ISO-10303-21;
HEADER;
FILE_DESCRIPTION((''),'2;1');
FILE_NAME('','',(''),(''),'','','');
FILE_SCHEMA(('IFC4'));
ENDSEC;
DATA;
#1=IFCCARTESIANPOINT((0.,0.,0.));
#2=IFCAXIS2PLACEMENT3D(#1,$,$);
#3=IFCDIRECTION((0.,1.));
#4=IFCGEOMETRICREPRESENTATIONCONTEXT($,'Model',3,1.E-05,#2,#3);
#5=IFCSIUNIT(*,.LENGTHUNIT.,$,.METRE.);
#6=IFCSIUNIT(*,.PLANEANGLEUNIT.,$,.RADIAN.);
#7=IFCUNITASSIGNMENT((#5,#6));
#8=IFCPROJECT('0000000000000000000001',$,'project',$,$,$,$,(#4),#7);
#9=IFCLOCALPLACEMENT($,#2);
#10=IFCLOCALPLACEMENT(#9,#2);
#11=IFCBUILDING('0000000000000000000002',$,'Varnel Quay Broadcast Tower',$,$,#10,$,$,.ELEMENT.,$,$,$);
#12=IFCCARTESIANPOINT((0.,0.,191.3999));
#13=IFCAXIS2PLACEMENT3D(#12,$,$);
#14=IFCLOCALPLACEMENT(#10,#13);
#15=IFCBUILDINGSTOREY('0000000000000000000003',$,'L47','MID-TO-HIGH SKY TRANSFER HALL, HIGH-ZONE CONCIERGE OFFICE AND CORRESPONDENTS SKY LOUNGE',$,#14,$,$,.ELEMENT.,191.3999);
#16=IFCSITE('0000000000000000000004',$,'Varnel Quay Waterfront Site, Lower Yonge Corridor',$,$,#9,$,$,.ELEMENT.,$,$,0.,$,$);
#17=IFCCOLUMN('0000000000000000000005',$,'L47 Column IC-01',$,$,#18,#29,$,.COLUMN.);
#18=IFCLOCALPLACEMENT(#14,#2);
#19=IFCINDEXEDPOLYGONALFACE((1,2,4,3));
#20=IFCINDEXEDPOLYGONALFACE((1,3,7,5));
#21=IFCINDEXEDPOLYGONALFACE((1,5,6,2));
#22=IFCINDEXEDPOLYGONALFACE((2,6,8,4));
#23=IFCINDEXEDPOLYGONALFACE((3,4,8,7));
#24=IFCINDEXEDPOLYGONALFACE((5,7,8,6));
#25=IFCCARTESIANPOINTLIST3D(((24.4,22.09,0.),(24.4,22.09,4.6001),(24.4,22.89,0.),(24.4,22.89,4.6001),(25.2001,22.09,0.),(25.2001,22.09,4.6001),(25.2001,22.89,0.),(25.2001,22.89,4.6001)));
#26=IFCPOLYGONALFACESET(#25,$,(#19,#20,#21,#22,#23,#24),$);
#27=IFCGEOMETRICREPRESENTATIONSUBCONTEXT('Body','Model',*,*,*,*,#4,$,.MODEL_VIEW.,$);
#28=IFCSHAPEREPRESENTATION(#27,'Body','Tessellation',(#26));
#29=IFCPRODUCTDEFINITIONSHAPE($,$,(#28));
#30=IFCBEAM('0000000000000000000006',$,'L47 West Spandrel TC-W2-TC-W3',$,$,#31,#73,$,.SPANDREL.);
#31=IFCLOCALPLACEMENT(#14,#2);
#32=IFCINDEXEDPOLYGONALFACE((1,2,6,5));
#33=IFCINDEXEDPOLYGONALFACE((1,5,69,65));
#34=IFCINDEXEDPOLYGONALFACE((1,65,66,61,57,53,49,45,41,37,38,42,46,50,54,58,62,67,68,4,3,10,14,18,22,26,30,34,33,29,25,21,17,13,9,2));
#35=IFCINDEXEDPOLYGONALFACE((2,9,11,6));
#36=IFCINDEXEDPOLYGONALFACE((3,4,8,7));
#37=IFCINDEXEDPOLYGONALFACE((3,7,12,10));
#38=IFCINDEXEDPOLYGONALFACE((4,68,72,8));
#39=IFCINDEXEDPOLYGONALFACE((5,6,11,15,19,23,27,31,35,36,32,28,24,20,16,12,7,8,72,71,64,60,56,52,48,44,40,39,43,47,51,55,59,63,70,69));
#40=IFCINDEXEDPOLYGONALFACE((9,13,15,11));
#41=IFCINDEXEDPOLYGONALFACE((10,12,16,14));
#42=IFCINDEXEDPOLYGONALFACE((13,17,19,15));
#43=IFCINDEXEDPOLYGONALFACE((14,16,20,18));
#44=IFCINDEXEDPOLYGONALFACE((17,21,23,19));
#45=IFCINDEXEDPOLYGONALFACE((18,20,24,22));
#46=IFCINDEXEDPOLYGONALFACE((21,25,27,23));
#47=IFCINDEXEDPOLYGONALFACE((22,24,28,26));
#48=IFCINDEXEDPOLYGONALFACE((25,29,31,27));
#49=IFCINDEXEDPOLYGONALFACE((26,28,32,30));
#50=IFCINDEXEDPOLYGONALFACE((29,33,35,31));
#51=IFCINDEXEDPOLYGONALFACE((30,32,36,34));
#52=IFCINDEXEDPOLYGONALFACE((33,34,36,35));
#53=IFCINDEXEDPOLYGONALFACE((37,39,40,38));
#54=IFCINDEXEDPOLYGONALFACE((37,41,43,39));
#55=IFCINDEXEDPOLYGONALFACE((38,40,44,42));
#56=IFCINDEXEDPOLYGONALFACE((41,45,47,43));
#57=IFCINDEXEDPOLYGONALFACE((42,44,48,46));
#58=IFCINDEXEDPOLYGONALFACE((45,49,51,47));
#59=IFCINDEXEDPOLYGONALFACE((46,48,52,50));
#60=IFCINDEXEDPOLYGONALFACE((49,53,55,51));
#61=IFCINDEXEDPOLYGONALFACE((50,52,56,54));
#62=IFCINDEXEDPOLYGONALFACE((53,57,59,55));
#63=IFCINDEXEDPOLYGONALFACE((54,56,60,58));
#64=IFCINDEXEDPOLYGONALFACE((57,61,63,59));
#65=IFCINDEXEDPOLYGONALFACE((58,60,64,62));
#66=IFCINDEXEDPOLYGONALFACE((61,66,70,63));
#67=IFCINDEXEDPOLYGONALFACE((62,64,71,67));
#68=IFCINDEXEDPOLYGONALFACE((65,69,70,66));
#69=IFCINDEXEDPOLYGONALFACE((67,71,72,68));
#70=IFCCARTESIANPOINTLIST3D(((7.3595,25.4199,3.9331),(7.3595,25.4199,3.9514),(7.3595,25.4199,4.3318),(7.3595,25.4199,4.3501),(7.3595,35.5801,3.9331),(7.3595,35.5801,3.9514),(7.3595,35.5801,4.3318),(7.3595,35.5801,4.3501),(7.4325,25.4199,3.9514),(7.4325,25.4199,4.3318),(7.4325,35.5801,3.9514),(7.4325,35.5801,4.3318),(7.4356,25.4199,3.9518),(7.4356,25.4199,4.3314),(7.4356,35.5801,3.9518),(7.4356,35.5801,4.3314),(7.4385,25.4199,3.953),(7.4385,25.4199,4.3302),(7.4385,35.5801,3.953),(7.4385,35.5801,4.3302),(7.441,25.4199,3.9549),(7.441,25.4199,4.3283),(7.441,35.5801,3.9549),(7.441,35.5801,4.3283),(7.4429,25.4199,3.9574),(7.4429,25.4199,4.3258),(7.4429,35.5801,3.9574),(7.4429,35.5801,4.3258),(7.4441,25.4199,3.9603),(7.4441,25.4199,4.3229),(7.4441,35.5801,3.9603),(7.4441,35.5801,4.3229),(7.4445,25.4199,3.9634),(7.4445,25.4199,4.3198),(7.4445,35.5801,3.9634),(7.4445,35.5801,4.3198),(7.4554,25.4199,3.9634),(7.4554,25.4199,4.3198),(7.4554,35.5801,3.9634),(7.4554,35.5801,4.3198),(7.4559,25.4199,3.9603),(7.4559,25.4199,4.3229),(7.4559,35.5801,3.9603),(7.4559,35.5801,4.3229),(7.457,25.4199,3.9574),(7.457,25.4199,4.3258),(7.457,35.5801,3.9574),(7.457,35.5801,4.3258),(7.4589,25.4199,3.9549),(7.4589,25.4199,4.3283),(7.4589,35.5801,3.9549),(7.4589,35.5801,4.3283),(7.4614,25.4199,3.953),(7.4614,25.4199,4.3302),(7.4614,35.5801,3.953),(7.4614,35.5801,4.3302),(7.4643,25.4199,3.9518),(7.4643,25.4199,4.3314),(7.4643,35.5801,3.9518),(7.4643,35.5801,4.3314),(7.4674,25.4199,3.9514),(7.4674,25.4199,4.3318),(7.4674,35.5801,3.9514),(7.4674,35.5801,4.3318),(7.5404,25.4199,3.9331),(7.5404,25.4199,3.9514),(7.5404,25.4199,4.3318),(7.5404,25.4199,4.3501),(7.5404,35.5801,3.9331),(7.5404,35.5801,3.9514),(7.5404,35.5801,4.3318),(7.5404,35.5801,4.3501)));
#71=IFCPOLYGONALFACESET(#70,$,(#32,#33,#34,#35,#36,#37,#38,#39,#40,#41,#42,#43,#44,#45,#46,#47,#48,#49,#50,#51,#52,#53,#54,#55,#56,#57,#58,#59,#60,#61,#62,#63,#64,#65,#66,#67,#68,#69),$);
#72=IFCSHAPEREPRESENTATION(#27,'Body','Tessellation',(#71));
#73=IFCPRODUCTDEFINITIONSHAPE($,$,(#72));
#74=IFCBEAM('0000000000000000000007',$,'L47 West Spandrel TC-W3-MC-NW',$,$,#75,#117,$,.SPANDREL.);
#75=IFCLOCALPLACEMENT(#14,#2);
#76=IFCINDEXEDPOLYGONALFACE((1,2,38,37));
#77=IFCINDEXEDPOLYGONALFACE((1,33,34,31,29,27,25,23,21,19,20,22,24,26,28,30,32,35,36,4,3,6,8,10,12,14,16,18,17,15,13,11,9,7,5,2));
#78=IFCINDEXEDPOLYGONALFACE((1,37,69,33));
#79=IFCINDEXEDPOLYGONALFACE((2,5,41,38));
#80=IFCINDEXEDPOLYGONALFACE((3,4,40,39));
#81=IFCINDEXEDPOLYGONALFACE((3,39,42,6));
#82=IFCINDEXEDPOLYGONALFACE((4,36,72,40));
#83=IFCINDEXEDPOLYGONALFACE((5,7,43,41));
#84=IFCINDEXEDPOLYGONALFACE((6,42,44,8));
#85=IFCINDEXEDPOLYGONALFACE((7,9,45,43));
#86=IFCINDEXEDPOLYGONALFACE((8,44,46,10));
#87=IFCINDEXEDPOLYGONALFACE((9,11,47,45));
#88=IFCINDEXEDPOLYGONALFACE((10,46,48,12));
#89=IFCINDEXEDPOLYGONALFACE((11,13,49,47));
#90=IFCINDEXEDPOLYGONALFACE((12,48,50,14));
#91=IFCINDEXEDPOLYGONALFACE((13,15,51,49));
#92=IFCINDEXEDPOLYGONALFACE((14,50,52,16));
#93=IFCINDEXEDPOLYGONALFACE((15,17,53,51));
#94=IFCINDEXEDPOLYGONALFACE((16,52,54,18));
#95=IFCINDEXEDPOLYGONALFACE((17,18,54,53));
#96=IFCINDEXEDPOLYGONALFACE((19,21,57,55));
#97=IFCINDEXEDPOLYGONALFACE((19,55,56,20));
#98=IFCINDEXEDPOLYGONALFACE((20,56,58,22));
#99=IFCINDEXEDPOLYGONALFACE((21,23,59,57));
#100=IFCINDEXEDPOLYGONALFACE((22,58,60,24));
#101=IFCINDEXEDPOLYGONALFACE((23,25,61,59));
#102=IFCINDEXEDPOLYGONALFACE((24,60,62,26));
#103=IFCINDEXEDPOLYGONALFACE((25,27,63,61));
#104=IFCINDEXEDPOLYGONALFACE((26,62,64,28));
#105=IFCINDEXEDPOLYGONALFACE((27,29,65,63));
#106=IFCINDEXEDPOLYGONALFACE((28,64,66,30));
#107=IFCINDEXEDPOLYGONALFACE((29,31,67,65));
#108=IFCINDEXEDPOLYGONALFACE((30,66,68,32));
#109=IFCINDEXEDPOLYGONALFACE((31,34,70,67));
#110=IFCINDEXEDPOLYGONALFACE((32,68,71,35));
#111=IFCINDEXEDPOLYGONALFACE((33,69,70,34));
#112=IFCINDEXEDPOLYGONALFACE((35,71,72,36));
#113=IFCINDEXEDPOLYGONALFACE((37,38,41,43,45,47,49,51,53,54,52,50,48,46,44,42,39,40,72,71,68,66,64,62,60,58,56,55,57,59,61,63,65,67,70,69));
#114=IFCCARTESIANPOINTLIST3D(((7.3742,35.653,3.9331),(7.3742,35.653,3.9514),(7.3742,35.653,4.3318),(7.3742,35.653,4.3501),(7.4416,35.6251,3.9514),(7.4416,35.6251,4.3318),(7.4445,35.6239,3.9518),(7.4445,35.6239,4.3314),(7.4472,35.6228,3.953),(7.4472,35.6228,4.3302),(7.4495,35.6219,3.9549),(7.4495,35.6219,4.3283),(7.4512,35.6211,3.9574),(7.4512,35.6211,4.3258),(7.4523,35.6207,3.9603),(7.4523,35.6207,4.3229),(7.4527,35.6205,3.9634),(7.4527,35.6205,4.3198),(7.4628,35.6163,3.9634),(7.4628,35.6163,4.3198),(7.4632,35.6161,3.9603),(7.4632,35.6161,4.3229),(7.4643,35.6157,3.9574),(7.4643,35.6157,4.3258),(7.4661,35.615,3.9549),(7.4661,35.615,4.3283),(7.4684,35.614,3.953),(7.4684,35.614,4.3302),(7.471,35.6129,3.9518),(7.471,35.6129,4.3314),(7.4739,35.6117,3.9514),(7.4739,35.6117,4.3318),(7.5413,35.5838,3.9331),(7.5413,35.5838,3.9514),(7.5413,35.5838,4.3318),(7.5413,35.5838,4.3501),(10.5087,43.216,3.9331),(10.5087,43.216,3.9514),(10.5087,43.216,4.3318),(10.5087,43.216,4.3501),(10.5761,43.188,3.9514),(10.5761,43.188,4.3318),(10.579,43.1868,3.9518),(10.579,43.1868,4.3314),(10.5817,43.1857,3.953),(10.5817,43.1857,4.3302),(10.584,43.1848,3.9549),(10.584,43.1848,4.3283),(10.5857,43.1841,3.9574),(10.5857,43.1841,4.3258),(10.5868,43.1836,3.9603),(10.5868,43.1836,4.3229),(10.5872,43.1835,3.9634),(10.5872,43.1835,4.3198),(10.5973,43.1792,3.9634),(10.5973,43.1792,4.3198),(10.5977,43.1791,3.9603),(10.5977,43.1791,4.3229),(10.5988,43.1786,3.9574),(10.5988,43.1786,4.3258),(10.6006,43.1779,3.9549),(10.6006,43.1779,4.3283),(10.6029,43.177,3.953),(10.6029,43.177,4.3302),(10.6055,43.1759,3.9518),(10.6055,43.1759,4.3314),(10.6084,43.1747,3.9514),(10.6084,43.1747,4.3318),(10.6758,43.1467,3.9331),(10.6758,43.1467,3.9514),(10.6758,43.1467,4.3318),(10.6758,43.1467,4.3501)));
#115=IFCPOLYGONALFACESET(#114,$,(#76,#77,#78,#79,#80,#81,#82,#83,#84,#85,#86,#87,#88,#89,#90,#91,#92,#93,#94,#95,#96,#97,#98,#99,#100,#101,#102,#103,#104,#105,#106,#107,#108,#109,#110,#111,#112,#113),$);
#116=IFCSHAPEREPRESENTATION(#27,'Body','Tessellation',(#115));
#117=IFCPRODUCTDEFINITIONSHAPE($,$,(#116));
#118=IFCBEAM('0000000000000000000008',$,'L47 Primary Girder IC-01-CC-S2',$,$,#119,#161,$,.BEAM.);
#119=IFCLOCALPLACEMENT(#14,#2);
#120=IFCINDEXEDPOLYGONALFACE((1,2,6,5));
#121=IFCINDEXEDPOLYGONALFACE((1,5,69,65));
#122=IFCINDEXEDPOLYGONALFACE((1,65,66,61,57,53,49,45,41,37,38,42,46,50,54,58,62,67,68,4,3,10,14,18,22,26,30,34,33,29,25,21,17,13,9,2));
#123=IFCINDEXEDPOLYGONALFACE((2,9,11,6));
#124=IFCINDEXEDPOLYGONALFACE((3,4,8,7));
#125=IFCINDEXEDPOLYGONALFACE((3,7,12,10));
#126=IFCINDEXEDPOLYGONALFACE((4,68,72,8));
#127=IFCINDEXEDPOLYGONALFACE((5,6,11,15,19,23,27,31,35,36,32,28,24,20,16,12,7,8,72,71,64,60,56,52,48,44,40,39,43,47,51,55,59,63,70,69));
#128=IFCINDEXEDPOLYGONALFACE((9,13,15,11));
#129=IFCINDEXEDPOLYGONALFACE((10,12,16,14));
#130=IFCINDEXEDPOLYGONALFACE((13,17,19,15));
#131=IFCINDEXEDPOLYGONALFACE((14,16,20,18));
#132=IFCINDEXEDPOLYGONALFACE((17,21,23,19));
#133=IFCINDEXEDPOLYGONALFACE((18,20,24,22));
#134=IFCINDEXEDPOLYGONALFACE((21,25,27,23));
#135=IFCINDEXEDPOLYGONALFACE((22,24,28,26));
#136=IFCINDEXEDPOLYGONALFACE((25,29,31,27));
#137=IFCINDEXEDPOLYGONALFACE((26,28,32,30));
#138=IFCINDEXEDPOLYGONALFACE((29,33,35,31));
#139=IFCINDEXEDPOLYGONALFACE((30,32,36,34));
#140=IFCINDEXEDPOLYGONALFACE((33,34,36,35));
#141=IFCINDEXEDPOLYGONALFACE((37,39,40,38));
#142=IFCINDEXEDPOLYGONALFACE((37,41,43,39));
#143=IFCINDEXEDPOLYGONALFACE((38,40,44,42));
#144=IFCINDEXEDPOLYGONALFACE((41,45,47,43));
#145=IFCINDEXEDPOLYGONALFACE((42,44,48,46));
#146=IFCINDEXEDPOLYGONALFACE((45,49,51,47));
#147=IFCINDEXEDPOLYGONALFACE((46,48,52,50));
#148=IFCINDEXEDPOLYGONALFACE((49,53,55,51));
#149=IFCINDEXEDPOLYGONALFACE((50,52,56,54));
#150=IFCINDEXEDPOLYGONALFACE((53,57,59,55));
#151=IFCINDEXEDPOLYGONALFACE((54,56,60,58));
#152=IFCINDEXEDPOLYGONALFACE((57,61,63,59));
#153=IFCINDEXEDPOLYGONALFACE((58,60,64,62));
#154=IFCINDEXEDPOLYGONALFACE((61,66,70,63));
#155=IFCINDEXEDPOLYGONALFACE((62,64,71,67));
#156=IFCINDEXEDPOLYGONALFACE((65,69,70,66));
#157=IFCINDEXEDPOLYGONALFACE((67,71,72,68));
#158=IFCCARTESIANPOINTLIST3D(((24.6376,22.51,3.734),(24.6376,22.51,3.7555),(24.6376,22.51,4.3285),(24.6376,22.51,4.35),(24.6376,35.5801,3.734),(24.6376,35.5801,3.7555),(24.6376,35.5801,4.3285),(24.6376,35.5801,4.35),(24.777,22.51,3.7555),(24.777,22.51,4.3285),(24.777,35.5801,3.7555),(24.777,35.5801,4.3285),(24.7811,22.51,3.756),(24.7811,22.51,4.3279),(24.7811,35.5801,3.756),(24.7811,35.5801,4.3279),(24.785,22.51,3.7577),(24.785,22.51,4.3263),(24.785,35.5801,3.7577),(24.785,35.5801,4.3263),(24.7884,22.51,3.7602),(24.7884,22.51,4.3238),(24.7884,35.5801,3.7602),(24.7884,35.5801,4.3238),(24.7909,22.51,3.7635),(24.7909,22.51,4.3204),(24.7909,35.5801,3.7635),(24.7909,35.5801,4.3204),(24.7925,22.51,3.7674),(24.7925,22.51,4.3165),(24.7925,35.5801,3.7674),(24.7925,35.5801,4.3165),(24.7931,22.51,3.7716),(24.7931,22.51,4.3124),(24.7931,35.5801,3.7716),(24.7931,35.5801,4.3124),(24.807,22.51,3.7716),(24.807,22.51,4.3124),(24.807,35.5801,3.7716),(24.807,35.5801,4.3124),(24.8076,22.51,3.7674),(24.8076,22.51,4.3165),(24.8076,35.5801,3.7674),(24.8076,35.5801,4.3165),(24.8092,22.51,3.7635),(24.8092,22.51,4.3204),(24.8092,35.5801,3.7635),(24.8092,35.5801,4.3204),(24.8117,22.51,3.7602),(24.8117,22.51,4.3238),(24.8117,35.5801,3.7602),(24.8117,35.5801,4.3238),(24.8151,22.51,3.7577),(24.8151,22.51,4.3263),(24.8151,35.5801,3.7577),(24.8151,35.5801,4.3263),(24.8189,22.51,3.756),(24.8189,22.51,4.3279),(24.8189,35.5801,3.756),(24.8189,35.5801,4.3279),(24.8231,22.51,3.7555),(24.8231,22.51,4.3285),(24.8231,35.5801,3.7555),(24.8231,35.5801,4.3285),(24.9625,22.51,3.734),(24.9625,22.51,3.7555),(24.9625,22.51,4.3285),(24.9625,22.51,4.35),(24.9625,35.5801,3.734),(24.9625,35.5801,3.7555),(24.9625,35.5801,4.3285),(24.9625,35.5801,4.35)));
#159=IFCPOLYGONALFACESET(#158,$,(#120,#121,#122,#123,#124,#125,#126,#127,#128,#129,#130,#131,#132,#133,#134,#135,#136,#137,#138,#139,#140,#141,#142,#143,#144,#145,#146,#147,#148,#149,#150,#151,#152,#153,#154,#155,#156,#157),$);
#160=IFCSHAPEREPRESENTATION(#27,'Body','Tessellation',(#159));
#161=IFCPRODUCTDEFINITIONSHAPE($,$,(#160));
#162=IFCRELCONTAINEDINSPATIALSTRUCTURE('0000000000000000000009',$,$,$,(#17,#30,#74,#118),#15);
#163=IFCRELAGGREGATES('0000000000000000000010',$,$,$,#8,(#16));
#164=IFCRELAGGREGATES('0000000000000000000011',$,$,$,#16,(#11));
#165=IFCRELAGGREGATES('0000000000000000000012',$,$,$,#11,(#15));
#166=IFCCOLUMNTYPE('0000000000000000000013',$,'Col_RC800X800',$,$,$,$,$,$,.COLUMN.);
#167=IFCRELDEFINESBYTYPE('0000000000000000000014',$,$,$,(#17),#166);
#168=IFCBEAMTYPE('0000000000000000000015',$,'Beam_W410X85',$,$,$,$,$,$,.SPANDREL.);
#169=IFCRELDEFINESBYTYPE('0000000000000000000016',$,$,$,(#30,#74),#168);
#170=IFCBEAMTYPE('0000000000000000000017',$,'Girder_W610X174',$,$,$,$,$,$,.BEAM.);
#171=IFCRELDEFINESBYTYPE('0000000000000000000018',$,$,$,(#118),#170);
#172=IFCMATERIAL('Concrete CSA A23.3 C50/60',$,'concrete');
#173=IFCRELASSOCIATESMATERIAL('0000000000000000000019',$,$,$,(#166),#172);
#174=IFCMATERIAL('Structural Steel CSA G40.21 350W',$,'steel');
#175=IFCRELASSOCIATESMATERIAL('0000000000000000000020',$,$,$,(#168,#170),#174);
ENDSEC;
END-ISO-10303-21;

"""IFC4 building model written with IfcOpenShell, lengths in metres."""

from ifc_helpers import new_model, si_unit, direction, frame, origin, origin_2d, place, context, subcontext, project, spatial, rectangle, i_section, extrude, source, transform, mapped, material, material_profile, profile_set, type_object, type_shapes, element, save


model = new_model("IFC4")

# Units and contexts
model_context = context("Model", 3, precision=1e-05, world=origin(), true_north=direction((0.0, 1.0)))
body_context = subcontext(model_context, "Body", "Model", "MODEL_VIEW")
ifc_project = project(units=[si_unit("LENGTHUNIT", "METRE"), si_unit("PLANEANGLEUNIT", "RADIAN")], contexts=[model_context])

# Site, building, storey
site_placement = place(None, origin())
site = spatial("IfcSite", under=ifc_project, at=site_placement, Name="Varnel Quay Waterfront Site, Lower Yonge Corridor", CompositionType="ELEMENT", RefElevation=0.0)
building_placement = place(site_placement, origin())
building = spatial("IfcBuilding", under=site, at=building_placement, Name="Varnel Quay Broadcast Tower", CompositionType="ELEMENT")
storey_placement = place(building_placement, frame((0.0, 0.0, 191.3999)))
storey = spatial("IfcBuildingStorey", under=building, at=storey_placement, Name="L47", Description="MID-TO-HIGH SKY TRANSFER HALL, HIGH-ZONE CONCIERGE OFFICE AND CORRESPONDENTS SKY LOUNGE", CompositionType="ELEMENT", Elevation=191.3999)

# Column
ifc_material_1 = material(Name="Structural Steel CSA G40.21 350W", Category="steel")
ifc_material_2 = material(Name="Concrete CSA A23.3 C50/60", Category="concrete")
ifc_material_profile_1 = material_profile(ifc_material_2, rectangle(XDim=0.8, YDim=0.8, at=origin_2d()), Name="RC800X800")
ifc_profile_set_1 = profile_set([ifc_material_profile_1], Name="Concrete CSA A23.3 C50/60")
column_type_1 = type_object("IfcColumnType", Name="Col_RC800X800", PredefinedType="COLUMN", material=ifc_profile_set_1)
shared_shape_1 = source(origin(), body_context, "Body", "SweptSolid", [
    extrude(rectangle(XDim=0.8, YDim=0.8, at=origin_2d()), origin(), (0.0, 0.0, 1.0), 4.6001),
])
type_shapes(column_type_1, [shared_shape_1])
column_placement = place(storey_placement, frame((24.8, 22.49, 0.0), z_axis=(0.0, 0.0, 1.0), x_axis=(1.0, 0.0, 0.0)))
element("IfcColumn", 1, at=column_placement, inside=storey, type_object=column_type_1, Name="L47 Column IC-01", PredefinedType="COLUMN", context=body_context, shape_type="MappedRepresentation", body=[
    mapped(shared_shape_1, transform((0.0, 0.0, 0.0), x_axis=(1.0, 0.0, 0.0), y_axis=(0.0, 1.0, 0.0), z_axis=(0.0, 0.0, 1.0), scale=1.0)),
])

# Beams
ifc_material_profile_2 = material_profile(ifc_material_1, i_section(OverallWidth=0.1809, OverallDepth=0.417, WebThickness=0.011, FlangeThickness=0.0183, FilletRadius=0.012, at=origin_2d()), Name="W410X85")
ifc_profile_set_2 = profile_set([ifc_material_profile_2], Name="Structural Steel CSA G40.21 350W")
beam_type_1 = type_object("IfcBeamType", Name="Beam_W410X85", PredefinedType="SPANDREL", material=ifc_profile_set_2)
shared_shape_2 = source(origin(), body_context, "Body", "SweptSolid", [
    extrude(i_section(OverallWidth=0.1809, OverallDepth=0.417, WebThickness=0.011, FlangeThickness=0.0183, FilletRadius=0.012, at=origin_2d()), origin(), (0.0, 0.0, 1.0), 10.1602),
])
beam_1_placement = place(storey_placement, frame((7.45, 25.4199, 4.1416), z_axis=(0.0, 1.0, 0.0), x_axis=(-1.0, 0.0, 0.0)))
element("IfcBeam", 2, at=beam_1_placement, inside=storey, type_object=beam_type_1, Name="L47 West Spandrel TC-W2-TC-W3", PredefinedType="SPANDREL", context=body_context, shape_type="MappedRepresentation", body=[
    mapped(shared_shape_2, transform((0.0, 0.0, 0.0), x_axis=(1.0, 0.0, 0.0), y_axis=(0.0, 1.0, 0.0), z_axis=(0.0, 0.0, 1.0), scale=1.0)),
])
shared_shape_3 = source(origin(), body_context, "Body", "SweptSolid", [
    extrude(i_section(OverallWidth=0.1809, OverallDepth=0.417, WebThickness=0.011, FlangeThickness=0.0183, FilletRadius=0.012, at=origin_2d()), origin(), (0.0, 0.0, 1.0), 8.1868),
])
type_shapes(beam_type_1, [shared_shape_2, shared_shape_3])
beam_2_placement = place(storey_placement, frame((7.4578, 35.6184, 4.1416), z_axis=(0.382874, 0.923801, 0.0), x_axis=(-0.923801, 0.382874, 0.0)))
element("IfcBeam", 3, at=beam_2_placement, inside=storey, type_object=beam_type_1, Name="L47 West Spandrel TC-W3-MC-NW", PredefinedType="SPANDREL", context=body_context, shape_type="MappedRepresentation", body=[
    mapped(shared_shape_3, transform((0.0, 0.0, 0.0), x_axis=(1.0, 0.0, 0.0), y_axis=(0.0, 1.0, 0.0), z_axis=(0.0, 0.0, 1.0), scale=1.0)),
])
ifc_material_profile_3 = material_profile(ifc_material_1, i_section(OverallWidth=0.325, OverallDepth=0.616, WebThickness=0.0139, FlangeThickness=0.0215, FilletRadius=0.0161, at=origin_2d()), Name="W610X174")
ifc_profile_set_3 = profile_set([ifc_material_profile_3], Name="Structural Steel CSA G40.21 350W")
beam_type_2 = type_object("IfcBeamType", Name="Girder_W610X174", PredefinedType="BEAM", material=ifc_profile_set_3)
shared_shape_4 = source(origin(), body_context, "Body", "SweptSolid", [
    extrude(i_section(OverallWidth=0.325, OverallDepth=0.616, WebThickness=0.0139, FlangeThickness=0.0215, FilletRadius=0.0161, at=origin_2d()), origin(), (0.0, 0.0, 1.0), 13.0701),
])
beam_3_placement = place(storey_placement, frame((24.8, 22.51, 4.042), z_axis=(0.0, 1.0, 0.0), x_axis=(-1.0, 0.0, 0.0)))
element("IfcBeam", 4, at=beam_3_placement, inside=storey, type_object=beam_type_2, Name="L47 Primary Girder IC-01-CC-S2", PredefinedType="BEAM", context=body_context, shape_type="MappedRepresentation", body=[
    mapped(shared_shape_4, transform((0.0, 0.0, 0.0), x_axis=(1.0, 0.0, 0.0), y_axis=(0.0, 1.0, 0.0), z_axis=(0.0, 0.0, 1.0), scale=1.0)),
])

save(model, "model.ifc")
